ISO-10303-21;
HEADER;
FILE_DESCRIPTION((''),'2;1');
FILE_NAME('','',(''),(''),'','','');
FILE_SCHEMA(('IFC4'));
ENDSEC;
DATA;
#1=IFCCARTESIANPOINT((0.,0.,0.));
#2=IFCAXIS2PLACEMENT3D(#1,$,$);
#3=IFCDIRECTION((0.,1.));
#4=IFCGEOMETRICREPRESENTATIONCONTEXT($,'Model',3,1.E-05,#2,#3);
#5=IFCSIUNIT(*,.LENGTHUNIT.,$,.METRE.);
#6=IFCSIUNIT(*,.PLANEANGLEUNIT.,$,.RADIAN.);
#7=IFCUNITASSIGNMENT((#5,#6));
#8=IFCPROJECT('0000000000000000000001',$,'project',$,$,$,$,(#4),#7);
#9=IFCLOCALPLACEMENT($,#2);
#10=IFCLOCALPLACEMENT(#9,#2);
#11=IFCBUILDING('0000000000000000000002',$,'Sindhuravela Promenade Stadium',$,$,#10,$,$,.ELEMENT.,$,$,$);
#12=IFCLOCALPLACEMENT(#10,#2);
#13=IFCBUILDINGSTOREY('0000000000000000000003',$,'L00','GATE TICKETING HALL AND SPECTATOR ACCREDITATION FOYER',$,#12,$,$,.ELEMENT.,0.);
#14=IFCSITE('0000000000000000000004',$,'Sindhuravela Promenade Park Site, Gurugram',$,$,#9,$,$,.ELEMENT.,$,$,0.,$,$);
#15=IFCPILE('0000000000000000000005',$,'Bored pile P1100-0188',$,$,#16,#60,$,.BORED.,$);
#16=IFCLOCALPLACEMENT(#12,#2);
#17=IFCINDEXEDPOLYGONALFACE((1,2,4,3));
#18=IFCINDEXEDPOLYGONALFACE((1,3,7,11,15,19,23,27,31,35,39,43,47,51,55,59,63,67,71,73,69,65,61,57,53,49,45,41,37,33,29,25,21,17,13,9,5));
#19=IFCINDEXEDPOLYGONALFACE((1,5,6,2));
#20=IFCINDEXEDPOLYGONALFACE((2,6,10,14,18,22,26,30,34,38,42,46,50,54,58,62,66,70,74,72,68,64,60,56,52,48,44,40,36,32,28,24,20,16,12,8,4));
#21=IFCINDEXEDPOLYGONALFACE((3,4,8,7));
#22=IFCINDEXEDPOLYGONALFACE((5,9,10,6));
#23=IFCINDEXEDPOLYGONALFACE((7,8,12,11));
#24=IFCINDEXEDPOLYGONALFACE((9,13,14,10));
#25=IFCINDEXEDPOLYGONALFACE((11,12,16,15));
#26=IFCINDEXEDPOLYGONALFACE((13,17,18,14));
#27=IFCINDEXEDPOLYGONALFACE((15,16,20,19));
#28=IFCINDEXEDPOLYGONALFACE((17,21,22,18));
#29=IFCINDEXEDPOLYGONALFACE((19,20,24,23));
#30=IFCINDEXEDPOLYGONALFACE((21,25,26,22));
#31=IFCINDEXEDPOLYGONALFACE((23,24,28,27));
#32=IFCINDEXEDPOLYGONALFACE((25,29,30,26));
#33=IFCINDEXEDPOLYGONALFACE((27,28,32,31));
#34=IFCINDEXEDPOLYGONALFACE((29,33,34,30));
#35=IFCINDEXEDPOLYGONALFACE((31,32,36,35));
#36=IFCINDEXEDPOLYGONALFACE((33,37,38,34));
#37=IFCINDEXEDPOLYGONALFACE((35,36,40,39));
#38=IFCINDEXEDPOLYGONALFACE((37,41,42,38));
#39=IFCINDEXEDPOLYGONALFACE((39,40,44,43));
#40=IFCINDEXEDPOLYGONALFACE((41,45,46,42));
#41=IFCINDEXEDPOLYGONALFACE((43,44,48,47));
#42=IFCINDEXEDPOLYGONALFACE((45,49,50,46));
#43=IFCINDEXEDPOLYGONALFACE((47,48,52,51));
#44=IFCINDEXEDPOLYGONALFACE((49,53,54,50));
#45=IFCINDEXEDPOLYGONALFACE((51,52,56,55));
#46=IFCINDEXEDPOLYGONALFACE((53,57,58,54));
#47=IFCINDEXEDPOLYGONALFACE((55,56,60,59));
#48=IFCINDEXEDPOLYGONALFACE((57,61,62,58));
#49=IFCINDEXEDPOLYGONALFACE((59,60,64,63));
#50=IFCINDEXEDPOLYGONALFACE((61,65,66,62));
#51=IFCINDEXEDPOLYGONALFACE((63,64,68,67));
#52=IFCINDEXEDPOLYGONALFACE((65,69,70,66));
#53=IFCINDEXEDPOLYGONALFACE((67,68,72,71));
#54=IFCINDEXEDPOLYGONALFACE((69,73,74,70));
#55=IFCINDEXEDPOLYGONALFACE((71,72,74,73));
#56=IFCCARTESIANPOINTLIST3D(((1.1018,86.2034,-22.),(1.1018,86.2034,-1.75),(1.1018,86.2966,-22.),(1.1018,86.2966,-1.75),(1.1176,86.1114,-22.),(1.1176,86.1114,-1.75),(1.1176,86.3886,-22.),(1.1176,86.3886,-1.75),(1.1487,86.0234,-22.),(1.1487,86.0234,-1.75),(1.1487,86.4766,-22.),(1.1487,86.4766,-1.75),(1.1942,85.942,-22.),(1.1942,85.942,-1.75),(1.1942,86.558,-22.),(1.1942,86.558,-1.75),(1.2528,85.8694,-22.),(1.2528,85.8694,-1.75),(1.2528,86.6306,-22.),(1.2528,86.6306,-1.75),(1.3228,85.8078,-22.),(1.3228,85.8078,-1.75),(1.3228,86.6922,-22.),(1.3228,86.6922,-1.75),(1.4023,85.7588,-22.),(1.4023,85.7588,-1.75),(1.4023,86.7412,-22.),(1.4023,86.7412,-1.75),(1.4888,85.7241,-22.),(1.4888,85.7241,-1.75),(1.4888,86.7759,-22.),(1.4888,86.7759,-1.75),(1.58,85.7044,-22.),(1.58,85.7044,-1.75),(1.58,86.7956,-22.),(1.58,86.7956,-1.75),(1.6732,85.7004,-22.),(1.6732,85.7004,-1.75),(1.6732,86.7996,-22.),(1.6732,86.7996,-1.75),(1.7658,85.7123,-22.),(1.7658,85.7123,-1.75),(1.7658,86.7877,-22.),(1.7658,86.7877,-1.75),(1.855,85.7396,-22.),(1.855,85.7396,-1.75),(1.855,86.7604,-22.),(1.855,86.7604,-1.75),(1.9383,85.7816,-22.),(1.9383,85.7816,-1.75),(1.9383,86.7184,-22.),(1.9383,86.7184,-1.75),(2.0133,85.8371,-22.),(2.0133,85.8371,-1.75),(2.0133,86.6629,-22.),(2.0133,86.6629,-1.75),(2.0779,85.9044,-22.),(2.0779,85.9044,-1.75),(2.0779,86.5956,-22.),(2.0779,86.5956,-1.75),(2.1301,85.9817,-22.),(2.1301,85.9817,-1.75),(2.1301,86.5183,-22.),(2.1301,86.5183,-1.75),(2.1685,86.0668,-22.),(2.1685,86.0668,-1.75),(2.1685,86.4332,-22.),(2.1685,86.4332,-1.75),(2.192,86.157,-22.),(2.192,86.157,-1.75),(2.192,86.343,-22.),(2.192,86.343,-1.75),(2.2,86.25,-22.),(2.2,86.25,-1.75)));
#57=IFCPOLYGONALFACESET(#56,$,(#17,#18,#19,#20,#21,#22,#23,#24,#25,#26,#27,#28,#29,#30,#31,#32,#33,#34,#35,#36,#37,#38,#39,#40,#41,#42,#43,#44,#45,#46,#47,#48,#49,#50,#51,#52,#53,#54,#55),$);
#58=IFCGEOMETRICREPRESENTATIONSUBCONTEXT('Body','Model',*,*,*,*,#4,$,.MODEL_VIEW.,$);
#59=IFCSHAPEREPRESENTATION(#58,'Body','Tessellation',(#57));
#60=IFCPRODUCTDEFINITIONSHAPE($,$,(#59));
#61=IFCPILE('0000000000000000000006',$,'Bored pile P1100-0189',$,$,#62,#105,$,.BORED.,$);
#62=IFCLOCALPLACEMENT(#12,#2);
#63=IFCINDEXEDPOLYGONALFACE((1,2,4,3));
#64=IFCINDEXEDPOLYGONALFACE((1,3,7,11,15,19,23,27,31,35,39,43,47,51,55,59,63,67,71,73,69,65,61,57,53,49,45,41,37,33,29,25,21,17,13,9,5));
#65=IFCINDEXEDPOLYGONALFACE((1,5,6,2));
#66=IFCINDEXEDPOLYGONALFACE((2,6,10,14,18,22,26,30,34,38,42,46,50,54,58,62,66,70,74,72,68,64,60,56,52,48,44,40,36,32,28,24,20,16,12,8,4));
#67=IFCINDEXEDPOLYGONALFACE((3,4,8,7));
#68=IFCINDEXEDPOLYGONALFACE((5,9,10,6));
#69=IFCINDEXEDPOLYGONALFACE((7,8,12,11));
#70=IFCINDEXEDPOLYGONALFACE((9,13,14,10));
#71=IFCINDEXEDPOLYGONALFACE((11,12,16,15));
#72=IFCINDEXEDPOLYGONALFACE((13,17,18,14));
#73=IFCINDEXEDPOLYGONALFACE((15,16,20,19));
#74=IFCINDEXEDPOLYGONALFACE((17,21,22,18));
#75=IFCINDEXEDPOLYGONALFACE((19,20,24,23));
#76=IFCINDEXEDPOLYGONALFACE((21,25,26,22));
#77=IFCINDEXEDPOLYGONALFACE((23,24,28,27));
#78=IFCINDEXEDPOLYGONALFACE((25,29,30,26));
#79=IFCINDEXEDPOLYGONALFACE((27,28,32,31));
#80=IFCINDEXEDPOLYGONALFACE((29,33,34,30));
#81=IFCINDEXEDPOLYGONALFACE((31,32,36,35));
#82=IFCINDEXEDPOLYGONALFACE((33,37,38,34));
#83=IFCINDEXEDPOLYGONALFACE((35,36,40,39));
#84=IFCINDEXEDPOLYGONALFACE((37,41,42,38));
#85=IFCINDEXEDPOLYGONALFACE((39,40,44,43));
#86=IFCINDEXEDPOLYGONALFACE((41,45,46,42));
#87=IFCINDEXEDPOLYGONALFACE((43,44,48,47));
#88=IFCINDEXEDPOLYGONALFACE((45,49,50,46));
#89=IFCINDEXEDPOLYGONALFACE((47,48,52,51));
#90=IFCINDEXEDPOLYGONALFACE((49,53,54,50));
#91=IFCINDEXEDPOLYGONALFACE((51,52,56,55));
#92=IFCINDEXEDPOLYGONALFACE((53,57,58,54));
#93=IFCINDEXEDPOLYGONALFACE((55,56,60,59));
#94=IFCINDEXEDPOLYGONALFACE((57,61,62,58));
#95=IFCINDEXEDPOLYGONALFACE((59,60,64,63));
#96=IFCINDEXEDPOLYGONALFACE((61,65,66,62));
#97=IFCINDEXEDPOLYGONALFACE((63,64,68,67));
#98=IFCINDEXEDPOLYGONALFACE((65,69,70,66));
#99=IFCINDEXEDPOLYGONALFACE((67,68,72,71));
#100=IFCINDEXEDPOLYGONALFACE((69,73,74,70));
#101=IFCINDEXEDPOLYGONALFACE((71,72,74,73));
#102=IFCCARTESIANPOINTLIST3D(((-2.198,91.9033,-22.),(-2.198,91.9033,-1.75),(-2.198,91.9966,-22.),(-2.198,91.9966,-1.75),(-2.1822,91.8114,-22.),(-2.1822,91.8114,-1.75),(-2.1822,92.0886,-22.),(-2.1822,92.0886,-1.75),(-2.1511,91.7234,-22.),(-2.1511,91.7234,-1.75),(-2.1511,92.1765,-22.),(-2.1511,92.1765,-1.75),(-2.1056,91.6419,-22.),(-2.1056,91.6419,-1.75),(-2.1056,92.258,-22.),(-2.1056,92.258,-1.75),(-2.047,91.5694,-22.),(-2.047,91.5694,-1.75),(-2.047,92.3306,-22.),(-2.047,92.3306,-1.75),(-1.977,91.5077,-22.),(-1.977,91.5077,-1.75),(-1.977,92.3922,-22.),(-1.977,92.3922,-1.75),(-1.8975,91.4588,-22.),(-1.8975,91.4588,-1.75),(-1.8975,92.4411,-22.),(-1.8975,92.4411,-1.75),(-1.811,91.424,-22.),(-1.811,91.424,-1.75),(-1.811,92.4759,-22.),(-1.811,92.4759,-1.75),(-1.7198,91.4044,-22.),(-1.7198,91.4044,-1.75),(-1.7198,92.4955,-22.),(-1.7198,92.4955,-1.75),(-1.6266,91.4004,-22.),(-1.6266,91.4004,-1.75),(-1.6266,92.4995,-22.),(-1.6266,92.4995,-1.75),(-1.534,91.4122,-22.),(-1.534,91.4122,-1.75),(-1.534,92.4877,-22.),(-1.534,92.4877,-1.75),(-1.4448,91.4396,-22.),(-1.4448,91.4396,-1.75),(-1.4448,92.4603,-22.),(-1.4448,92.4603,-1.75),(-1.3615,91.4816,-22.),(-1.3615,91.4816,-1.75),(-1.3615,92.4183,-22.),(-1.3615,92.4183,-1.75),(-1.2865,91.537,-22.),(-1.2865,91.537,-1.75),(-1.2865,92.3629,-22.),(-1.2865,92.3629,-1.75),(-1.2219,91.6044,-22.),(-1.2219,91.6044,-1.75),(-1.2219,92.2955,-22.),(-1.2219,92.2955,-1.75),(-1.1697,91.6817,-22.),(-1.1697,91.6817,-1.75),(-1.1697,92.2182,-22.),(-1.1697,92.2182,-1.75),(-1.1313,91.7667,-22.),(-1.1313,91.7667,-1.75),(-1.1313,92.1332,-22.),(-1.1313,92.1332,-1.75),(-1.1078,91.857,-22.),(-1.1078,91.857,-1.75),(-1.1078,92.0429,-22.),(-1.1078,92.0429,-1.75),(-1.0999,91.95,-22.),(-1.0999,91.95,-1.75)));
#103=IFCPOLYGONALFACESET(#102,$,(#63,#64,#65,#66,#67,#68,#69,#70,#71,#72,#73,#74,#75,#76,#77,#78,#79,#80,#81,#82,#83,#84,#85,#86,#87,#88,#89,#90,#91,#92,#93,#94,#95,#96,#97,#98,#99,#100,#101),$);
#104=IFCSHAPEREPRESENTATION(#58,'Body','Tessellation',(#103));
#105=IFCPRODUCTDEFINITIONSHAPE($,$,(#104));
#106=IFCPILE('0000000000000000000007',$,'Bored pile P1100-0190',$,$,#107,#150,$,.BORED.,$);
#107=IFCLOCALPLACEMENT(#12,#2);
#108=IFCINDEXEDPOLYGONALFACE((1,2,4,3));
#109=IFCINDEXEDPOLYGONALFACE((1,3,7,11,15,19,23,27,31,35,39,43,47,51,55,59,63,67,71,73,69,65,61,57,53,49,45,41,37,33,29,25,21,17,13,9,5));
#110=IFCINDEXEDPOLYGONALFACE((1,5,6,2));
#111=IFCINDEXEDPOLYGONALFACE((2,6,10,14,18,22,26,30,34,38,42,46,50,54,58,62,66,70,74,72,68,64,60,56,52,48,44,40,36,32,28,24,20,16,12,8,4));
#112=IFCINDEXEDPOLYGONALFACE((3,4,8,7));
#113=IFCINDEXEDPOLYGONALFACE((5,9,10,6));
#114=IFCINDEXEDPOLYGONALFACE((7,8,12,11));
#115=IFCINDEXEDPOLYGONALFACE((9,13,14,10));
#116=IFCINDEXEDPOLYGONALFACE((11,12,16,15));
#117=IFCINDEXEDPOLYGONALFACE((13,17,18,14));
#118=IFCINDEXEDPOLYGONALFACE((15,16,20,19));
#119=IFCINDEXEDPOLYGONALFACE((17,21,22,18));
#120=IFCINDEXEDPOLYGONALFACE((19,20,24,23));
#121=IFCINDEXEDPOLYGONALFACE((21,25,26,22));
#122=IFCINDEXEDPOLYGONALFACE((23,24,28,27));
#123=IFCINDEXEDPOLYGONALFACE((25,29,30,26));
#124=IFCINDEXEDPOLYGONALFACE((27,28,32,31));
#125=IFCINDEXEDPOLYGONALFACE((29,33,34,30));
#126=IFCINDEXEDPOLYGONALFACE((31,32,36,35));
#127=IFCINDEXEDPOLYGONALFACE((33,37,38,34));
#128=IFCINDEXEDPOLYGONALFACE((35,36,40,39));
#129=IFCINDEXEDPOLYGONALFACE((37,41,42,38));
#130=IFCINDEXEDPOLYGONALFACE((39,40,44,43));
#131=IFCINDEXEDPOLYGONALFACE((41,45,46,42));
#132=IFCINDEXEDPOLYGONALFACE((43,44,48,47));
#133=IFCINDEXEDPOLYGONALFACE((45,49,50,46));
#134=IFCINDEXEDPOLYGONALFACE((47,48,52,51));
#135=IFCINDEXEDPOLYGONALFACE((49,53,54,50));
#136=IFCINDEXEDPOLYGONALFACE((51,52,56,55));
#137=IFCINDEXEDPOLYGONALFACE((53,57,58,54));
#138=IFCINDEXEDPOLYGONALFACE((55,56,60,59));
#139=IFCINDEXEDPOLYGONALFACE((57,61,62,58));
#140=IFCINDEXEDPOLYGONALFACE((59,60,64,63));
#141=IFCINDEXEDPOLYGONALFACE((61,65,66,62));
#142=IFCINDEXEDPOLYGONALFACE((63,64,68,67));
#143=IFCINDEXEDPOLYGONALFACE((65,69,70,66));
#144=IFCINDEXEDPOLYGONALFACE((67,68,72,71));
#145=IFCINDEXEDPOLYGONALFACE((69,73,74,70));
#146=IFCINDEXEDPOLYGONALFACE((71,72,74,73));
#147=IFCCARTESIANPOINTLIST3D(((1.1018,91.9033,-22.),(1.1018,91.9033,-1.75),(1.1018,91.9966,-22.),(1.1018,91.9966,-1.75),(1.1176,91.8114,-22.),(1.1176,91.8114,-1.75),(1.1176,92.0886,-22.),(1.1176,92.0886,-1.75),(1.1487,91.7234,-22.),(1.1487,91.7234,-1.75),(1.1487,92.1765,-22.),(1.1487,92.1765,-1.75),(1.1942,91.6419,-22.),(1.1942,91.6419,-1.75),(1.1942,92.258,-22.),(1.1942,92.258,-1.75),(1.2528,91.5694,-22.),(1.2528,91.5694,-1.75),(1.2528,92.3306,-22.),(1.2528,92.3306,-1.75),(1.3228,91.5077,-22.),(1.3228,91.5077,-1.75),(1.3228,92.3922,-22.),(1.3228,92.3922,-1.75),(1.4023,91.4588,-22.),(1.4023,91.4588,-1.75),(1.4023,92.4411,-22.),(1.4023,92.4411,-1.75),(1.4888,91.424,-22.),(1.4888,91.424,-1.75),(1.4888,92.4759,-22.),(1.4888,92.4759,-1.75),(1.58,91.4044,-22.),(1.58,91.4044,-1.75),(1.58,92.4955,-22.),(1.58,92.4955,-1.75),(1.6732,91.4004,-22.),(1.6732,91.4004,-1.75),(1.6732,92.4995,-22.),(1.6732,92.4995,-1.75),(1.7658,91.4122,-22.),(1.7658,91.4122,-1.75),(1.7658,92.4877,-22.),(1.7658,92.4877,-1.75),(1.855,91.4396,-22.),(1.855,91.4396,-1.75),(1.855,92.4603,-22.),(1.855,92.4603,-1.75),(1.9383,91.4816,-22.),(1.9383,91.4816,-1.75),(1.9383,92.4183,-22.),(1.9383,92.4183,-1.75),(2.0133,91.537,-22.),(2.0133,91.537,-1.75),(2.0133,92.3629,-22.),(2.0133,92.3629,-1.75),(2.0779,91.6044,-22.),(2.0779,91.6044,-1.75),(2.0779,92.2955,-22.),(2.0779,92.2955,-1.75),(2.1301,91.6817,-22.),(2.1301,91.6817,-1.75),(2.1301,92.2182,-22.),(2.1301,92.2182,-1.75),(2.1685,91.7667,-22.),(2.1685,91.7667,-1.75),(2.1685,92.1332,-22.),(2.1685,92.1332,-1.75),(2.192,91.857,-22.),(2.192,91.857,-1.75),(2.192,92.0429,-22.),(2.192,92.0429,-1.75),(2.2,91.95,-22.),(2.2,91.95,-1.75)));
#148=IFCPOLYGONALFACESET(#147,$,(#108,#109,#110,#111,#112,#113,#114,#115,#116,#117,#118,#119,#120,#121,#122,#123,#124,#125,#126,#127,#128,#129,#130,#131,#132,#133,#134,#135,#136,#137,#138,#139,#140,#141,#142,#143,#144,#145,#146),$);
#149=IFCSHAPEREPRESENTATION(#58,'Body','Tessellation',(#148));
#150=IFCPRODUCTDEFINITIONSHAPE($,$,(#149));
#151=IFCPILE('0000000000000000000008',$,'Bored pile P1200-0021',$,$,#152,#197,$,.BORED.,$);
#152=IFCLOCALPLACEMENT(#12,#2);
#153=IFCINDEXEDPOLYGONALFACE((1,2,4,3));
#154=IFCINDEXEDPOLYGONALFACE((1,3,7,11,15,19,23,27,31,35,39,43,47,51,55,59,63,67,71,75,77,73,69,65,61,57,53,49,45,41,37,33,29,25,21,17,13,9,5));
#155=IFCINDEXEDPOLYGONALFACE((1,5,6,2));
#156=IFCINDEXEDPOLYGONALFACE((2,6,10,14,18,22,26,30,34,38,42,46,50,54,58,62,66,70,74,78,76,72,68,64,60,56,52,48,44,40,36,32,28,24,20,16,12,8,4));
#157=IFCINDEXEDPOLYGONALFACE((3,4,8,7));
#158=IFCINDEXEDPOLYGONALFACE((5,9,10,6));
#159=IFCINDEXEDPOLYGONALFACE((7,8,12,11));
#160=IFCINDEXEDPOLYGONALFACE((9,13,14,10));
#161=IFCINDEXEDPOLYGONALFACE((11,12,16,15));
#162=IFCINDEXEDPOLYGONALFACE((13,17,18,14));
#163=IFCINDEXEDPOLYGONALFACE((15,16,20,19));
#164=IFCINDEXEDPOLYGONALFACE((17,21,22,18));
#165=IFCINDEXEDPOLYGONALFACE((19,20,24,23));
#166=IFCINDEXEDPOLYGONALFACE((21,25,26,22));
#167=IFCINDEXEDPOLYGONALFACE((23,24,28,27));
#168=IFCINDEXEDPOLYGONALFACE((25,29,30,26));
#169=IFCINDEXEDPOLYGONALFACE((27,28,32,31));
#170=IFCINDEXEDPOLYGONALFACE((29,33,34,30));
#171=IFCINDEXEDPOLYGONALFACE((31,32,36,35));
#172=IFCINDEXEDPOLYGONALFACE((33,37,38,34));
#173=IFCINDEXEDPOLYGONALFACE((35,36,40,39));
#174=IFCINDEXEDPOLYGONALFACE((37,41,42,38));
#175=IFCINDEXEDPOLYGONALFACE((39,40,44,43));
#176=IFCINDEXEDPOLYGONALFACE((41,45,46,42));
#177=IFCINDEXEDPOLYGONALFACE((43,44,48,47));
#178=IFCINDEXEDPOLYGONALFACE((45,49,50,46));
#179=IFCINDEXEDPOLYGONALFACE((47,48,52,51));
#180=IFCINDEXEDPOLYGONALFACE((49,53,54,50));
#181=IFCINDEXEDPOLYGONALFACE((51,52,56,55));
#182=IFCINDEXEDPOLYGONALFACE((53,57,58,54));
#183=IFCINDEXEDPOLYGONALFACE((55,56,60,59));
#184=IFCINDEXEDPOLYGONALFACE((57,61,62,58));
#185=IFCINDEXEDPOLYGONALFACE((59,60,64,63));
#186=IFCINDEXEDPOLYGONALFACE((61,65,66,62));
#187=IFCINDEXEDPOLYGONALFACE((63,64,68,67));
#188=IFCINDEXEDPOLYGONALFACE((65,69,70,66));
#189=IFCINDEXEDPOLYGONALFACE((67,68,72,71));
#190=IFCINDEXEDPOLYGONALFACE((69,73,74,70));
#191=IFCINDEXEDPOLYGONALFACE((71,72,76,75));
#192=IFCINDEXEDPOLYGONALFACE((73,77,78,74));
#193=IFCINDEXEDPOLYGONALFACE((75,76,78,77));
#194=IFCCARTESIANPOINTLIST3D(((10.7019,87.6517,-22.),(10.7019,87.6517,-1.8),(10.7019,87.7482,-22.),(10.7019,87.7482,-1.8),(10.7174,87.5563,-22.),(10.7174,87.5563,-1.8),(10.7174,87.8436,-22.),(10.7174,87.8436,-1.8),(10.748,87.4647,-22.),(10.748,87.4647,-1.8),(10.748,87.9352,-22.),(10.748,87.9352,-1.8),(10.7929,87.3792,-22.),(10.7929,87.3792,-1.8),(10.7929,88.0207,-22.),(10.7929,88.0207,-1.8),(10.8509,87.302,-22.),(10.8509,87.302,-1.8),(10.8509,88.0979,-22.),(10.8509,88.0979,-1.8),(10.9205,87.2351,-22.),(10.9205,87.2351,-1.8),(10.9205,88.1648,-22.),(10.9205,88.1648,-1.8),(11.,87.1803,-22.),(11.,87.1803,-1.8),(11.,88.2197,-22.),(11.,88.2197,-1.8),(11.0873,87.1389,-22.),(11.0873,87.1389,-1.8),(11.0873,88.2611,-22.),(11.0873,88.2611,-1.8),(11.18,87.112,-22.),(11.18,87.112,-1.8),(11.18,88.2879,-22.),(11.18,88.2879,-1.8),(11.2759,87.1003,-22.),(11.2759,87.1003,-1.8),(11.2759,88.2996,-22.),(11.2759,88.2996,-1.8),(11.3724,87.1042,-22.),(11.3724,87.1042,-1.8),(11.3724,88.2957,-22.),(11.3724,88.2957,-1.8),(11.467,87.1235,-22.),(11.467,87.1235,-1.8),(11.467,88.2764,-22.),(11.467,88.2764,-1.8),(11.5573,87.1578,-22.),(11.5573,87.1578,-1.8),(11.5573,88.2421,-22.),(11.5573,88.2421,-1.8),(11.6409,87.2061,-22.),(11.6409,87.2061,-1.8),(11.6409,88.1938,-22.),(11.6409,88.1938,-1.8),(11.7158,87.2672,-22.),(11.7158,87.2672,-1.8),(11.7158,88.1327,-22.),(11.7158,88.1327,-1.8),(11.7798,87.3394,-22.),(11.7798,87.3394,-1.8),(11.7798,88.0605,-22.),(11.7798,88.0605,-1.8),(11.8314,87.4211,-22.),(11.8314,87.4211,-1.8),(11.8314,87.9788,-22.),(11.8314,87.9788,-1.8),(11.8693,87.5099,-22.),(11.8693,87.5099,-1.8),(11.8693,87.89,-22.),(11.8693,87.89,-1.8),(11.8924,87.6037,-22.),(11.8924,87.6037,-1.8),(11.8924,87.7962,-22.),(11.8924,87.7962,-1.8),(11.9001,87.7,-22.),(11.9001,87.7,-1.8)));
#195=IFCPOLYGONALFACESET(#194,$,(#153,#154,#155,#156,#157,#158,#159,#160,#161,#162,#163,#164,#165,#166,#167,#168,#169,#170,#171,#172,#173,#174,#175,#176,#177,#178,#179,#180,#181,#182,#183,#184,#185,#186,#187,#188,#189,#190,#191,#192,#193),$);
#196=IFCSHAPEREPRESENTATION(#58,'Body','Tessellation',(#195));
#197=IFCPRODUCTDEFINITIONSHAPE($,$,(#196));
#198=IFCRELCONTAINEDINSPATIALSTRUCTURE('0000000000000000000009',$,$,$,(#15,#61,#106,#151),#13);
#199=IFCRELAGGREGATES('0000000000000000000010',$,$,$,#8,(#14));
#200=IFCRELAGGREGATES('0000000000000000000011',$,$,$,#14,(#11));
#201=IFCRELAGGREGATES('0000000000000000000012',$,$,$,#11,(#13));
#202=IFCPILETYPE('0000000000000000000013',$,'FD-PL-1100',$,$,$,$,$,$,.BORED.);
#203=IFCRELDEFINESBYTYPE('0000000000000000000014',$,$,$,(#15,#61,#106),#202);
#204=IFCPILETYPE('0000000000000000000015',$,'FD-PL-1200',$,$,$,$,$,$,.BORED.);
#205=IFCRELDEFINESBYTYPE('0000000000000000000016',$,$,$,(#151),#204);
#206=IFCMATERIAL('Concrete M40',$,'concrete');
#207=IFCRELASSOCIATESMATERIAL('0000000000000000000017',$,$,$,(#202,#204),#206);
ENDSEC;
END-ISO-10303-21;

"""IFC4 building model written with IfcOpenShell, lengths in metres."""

from ifc_helpers import new_model, si_unit, direction, frame, origin, origin_2d, place, context, subcontext, project, spatial, circle, extrude, material, material_profile, profile_set, type_object, element, save


model = new_model("IFC4")

# Units and contexts
model_context = context("Model", 3, precision=1e-05, world=origin(), true_north=direction((0.0, 1.0)))
body_context = subcontext(model_context, "Body", "Model", "MODEL_VIEW")
ifc_project = project(units=[si_unit("LENGTHUNIT", "METRE"), si_unit("PLANEANGLEUNIT", "RADIAN")], contexts=[model_context])

# Site, building, storey
site_placement = place(None, origin())
site = spatial("IfcSite", under=ifc_project, at=site_placement, Name="Sindhuravela Promenade Park Site, Gurugram", CompositionType="ELEMENT", RefElevation=0.0)
building_placement = place(site_placement, origin())
building = spatial("IfcBuilding", under=site, at=building_placement, Name="Sindhuravela Promenade Stadium", CompositionType="ELEMENT")
storey_placement = place(building_placement, origin())
storey = spatial("IfcBuildingStorey", under=building, at=storey_placement, Name="L00", Description="GATE TICKETING HALL AND SPECTATOR ACCREDITATION FOYER", CompositionType="ELEMENT", Elevation=0.0)

# Piles
ifc_material_1 = material(Name="Concrete M40", Category="concrete")
ifc_material_profile_1 = material_profile(ifc_material_1, circle(Radius=0.55, at=origin_2d()), Name="BORED PILE D1100")
ifc_profile_set_1 = profile_set([ifc_material_profile_1], Name="Concrete M40")
pile_type_1 = type_object("IfcPileType", Name="FD-PL-1100", PredefinedType="BORED", material=ifc_profile_set_1)
for number, where, z_axis, x_axis, name in (
    (1, (1.6499, 86.25, -1.75), (0.0, 0.0, -1.0), (1.0, 0.0, 0.0), "Bored pile P1100-0188"),
    (2, (-1.6499, 91.95, -1.75), (0.0, 0.0, -1.0), (1.0, 0.0, 0.0), "Bored pile P1100-0189"),
    (3, (1.6499, 91.95, -1.75), (0.0, 0.0, -1.0), (1.0, 0.0, 0.0), "Bored pile P1100-0190"),
):
    element("IfcPile", number, at=place(storey_placement, frame(where, z_axis=z_axis, x_axis=x_axis)), inside=storey, type_object=pile_type_1, Name=name, PredefinedType="BORED", context=body_context, shape_type="SweptSolid", body=[
        extrude(circle(Radius=0.55, at=origin_2d()), origin(), (0.0, 0.0, 1.0), 20.25),
    ])
ifc_material_profile_2 = material_profile(ifc_material_1, circle(Radius=0.6001, at=origin_2d()), Name="BORED PILE D1200")
ifc_profile_set_2 = profile_set([ifc_material_profile_2], Name="Concrete M40")
pile_type_2 = type_object("IfcPileType", Name="FD-PL-1200", PredefinedType="BORED", material=ifc_profile_set_2)
pile_placement = place(storey_placement, frame((11.3, 87.7, -1.8), z_axis=(0.0, 0.0, -1.0), x_axis=(1.0, 0.0, 0.0)))
element("IfcPile", 4, at=pile_placement, inside=storey, type_object=pile_type_2, Name="Bored pile P1200-0021", PredefinedType="BORED", context=body_context, shape_type="SweptSolid", body=[
    extrude(circle(Radius=0.6001, at=origin_2d()), origin(), (0.0, 0.0, 1.0), 20.2),
])

save(model, "model.ifc")
